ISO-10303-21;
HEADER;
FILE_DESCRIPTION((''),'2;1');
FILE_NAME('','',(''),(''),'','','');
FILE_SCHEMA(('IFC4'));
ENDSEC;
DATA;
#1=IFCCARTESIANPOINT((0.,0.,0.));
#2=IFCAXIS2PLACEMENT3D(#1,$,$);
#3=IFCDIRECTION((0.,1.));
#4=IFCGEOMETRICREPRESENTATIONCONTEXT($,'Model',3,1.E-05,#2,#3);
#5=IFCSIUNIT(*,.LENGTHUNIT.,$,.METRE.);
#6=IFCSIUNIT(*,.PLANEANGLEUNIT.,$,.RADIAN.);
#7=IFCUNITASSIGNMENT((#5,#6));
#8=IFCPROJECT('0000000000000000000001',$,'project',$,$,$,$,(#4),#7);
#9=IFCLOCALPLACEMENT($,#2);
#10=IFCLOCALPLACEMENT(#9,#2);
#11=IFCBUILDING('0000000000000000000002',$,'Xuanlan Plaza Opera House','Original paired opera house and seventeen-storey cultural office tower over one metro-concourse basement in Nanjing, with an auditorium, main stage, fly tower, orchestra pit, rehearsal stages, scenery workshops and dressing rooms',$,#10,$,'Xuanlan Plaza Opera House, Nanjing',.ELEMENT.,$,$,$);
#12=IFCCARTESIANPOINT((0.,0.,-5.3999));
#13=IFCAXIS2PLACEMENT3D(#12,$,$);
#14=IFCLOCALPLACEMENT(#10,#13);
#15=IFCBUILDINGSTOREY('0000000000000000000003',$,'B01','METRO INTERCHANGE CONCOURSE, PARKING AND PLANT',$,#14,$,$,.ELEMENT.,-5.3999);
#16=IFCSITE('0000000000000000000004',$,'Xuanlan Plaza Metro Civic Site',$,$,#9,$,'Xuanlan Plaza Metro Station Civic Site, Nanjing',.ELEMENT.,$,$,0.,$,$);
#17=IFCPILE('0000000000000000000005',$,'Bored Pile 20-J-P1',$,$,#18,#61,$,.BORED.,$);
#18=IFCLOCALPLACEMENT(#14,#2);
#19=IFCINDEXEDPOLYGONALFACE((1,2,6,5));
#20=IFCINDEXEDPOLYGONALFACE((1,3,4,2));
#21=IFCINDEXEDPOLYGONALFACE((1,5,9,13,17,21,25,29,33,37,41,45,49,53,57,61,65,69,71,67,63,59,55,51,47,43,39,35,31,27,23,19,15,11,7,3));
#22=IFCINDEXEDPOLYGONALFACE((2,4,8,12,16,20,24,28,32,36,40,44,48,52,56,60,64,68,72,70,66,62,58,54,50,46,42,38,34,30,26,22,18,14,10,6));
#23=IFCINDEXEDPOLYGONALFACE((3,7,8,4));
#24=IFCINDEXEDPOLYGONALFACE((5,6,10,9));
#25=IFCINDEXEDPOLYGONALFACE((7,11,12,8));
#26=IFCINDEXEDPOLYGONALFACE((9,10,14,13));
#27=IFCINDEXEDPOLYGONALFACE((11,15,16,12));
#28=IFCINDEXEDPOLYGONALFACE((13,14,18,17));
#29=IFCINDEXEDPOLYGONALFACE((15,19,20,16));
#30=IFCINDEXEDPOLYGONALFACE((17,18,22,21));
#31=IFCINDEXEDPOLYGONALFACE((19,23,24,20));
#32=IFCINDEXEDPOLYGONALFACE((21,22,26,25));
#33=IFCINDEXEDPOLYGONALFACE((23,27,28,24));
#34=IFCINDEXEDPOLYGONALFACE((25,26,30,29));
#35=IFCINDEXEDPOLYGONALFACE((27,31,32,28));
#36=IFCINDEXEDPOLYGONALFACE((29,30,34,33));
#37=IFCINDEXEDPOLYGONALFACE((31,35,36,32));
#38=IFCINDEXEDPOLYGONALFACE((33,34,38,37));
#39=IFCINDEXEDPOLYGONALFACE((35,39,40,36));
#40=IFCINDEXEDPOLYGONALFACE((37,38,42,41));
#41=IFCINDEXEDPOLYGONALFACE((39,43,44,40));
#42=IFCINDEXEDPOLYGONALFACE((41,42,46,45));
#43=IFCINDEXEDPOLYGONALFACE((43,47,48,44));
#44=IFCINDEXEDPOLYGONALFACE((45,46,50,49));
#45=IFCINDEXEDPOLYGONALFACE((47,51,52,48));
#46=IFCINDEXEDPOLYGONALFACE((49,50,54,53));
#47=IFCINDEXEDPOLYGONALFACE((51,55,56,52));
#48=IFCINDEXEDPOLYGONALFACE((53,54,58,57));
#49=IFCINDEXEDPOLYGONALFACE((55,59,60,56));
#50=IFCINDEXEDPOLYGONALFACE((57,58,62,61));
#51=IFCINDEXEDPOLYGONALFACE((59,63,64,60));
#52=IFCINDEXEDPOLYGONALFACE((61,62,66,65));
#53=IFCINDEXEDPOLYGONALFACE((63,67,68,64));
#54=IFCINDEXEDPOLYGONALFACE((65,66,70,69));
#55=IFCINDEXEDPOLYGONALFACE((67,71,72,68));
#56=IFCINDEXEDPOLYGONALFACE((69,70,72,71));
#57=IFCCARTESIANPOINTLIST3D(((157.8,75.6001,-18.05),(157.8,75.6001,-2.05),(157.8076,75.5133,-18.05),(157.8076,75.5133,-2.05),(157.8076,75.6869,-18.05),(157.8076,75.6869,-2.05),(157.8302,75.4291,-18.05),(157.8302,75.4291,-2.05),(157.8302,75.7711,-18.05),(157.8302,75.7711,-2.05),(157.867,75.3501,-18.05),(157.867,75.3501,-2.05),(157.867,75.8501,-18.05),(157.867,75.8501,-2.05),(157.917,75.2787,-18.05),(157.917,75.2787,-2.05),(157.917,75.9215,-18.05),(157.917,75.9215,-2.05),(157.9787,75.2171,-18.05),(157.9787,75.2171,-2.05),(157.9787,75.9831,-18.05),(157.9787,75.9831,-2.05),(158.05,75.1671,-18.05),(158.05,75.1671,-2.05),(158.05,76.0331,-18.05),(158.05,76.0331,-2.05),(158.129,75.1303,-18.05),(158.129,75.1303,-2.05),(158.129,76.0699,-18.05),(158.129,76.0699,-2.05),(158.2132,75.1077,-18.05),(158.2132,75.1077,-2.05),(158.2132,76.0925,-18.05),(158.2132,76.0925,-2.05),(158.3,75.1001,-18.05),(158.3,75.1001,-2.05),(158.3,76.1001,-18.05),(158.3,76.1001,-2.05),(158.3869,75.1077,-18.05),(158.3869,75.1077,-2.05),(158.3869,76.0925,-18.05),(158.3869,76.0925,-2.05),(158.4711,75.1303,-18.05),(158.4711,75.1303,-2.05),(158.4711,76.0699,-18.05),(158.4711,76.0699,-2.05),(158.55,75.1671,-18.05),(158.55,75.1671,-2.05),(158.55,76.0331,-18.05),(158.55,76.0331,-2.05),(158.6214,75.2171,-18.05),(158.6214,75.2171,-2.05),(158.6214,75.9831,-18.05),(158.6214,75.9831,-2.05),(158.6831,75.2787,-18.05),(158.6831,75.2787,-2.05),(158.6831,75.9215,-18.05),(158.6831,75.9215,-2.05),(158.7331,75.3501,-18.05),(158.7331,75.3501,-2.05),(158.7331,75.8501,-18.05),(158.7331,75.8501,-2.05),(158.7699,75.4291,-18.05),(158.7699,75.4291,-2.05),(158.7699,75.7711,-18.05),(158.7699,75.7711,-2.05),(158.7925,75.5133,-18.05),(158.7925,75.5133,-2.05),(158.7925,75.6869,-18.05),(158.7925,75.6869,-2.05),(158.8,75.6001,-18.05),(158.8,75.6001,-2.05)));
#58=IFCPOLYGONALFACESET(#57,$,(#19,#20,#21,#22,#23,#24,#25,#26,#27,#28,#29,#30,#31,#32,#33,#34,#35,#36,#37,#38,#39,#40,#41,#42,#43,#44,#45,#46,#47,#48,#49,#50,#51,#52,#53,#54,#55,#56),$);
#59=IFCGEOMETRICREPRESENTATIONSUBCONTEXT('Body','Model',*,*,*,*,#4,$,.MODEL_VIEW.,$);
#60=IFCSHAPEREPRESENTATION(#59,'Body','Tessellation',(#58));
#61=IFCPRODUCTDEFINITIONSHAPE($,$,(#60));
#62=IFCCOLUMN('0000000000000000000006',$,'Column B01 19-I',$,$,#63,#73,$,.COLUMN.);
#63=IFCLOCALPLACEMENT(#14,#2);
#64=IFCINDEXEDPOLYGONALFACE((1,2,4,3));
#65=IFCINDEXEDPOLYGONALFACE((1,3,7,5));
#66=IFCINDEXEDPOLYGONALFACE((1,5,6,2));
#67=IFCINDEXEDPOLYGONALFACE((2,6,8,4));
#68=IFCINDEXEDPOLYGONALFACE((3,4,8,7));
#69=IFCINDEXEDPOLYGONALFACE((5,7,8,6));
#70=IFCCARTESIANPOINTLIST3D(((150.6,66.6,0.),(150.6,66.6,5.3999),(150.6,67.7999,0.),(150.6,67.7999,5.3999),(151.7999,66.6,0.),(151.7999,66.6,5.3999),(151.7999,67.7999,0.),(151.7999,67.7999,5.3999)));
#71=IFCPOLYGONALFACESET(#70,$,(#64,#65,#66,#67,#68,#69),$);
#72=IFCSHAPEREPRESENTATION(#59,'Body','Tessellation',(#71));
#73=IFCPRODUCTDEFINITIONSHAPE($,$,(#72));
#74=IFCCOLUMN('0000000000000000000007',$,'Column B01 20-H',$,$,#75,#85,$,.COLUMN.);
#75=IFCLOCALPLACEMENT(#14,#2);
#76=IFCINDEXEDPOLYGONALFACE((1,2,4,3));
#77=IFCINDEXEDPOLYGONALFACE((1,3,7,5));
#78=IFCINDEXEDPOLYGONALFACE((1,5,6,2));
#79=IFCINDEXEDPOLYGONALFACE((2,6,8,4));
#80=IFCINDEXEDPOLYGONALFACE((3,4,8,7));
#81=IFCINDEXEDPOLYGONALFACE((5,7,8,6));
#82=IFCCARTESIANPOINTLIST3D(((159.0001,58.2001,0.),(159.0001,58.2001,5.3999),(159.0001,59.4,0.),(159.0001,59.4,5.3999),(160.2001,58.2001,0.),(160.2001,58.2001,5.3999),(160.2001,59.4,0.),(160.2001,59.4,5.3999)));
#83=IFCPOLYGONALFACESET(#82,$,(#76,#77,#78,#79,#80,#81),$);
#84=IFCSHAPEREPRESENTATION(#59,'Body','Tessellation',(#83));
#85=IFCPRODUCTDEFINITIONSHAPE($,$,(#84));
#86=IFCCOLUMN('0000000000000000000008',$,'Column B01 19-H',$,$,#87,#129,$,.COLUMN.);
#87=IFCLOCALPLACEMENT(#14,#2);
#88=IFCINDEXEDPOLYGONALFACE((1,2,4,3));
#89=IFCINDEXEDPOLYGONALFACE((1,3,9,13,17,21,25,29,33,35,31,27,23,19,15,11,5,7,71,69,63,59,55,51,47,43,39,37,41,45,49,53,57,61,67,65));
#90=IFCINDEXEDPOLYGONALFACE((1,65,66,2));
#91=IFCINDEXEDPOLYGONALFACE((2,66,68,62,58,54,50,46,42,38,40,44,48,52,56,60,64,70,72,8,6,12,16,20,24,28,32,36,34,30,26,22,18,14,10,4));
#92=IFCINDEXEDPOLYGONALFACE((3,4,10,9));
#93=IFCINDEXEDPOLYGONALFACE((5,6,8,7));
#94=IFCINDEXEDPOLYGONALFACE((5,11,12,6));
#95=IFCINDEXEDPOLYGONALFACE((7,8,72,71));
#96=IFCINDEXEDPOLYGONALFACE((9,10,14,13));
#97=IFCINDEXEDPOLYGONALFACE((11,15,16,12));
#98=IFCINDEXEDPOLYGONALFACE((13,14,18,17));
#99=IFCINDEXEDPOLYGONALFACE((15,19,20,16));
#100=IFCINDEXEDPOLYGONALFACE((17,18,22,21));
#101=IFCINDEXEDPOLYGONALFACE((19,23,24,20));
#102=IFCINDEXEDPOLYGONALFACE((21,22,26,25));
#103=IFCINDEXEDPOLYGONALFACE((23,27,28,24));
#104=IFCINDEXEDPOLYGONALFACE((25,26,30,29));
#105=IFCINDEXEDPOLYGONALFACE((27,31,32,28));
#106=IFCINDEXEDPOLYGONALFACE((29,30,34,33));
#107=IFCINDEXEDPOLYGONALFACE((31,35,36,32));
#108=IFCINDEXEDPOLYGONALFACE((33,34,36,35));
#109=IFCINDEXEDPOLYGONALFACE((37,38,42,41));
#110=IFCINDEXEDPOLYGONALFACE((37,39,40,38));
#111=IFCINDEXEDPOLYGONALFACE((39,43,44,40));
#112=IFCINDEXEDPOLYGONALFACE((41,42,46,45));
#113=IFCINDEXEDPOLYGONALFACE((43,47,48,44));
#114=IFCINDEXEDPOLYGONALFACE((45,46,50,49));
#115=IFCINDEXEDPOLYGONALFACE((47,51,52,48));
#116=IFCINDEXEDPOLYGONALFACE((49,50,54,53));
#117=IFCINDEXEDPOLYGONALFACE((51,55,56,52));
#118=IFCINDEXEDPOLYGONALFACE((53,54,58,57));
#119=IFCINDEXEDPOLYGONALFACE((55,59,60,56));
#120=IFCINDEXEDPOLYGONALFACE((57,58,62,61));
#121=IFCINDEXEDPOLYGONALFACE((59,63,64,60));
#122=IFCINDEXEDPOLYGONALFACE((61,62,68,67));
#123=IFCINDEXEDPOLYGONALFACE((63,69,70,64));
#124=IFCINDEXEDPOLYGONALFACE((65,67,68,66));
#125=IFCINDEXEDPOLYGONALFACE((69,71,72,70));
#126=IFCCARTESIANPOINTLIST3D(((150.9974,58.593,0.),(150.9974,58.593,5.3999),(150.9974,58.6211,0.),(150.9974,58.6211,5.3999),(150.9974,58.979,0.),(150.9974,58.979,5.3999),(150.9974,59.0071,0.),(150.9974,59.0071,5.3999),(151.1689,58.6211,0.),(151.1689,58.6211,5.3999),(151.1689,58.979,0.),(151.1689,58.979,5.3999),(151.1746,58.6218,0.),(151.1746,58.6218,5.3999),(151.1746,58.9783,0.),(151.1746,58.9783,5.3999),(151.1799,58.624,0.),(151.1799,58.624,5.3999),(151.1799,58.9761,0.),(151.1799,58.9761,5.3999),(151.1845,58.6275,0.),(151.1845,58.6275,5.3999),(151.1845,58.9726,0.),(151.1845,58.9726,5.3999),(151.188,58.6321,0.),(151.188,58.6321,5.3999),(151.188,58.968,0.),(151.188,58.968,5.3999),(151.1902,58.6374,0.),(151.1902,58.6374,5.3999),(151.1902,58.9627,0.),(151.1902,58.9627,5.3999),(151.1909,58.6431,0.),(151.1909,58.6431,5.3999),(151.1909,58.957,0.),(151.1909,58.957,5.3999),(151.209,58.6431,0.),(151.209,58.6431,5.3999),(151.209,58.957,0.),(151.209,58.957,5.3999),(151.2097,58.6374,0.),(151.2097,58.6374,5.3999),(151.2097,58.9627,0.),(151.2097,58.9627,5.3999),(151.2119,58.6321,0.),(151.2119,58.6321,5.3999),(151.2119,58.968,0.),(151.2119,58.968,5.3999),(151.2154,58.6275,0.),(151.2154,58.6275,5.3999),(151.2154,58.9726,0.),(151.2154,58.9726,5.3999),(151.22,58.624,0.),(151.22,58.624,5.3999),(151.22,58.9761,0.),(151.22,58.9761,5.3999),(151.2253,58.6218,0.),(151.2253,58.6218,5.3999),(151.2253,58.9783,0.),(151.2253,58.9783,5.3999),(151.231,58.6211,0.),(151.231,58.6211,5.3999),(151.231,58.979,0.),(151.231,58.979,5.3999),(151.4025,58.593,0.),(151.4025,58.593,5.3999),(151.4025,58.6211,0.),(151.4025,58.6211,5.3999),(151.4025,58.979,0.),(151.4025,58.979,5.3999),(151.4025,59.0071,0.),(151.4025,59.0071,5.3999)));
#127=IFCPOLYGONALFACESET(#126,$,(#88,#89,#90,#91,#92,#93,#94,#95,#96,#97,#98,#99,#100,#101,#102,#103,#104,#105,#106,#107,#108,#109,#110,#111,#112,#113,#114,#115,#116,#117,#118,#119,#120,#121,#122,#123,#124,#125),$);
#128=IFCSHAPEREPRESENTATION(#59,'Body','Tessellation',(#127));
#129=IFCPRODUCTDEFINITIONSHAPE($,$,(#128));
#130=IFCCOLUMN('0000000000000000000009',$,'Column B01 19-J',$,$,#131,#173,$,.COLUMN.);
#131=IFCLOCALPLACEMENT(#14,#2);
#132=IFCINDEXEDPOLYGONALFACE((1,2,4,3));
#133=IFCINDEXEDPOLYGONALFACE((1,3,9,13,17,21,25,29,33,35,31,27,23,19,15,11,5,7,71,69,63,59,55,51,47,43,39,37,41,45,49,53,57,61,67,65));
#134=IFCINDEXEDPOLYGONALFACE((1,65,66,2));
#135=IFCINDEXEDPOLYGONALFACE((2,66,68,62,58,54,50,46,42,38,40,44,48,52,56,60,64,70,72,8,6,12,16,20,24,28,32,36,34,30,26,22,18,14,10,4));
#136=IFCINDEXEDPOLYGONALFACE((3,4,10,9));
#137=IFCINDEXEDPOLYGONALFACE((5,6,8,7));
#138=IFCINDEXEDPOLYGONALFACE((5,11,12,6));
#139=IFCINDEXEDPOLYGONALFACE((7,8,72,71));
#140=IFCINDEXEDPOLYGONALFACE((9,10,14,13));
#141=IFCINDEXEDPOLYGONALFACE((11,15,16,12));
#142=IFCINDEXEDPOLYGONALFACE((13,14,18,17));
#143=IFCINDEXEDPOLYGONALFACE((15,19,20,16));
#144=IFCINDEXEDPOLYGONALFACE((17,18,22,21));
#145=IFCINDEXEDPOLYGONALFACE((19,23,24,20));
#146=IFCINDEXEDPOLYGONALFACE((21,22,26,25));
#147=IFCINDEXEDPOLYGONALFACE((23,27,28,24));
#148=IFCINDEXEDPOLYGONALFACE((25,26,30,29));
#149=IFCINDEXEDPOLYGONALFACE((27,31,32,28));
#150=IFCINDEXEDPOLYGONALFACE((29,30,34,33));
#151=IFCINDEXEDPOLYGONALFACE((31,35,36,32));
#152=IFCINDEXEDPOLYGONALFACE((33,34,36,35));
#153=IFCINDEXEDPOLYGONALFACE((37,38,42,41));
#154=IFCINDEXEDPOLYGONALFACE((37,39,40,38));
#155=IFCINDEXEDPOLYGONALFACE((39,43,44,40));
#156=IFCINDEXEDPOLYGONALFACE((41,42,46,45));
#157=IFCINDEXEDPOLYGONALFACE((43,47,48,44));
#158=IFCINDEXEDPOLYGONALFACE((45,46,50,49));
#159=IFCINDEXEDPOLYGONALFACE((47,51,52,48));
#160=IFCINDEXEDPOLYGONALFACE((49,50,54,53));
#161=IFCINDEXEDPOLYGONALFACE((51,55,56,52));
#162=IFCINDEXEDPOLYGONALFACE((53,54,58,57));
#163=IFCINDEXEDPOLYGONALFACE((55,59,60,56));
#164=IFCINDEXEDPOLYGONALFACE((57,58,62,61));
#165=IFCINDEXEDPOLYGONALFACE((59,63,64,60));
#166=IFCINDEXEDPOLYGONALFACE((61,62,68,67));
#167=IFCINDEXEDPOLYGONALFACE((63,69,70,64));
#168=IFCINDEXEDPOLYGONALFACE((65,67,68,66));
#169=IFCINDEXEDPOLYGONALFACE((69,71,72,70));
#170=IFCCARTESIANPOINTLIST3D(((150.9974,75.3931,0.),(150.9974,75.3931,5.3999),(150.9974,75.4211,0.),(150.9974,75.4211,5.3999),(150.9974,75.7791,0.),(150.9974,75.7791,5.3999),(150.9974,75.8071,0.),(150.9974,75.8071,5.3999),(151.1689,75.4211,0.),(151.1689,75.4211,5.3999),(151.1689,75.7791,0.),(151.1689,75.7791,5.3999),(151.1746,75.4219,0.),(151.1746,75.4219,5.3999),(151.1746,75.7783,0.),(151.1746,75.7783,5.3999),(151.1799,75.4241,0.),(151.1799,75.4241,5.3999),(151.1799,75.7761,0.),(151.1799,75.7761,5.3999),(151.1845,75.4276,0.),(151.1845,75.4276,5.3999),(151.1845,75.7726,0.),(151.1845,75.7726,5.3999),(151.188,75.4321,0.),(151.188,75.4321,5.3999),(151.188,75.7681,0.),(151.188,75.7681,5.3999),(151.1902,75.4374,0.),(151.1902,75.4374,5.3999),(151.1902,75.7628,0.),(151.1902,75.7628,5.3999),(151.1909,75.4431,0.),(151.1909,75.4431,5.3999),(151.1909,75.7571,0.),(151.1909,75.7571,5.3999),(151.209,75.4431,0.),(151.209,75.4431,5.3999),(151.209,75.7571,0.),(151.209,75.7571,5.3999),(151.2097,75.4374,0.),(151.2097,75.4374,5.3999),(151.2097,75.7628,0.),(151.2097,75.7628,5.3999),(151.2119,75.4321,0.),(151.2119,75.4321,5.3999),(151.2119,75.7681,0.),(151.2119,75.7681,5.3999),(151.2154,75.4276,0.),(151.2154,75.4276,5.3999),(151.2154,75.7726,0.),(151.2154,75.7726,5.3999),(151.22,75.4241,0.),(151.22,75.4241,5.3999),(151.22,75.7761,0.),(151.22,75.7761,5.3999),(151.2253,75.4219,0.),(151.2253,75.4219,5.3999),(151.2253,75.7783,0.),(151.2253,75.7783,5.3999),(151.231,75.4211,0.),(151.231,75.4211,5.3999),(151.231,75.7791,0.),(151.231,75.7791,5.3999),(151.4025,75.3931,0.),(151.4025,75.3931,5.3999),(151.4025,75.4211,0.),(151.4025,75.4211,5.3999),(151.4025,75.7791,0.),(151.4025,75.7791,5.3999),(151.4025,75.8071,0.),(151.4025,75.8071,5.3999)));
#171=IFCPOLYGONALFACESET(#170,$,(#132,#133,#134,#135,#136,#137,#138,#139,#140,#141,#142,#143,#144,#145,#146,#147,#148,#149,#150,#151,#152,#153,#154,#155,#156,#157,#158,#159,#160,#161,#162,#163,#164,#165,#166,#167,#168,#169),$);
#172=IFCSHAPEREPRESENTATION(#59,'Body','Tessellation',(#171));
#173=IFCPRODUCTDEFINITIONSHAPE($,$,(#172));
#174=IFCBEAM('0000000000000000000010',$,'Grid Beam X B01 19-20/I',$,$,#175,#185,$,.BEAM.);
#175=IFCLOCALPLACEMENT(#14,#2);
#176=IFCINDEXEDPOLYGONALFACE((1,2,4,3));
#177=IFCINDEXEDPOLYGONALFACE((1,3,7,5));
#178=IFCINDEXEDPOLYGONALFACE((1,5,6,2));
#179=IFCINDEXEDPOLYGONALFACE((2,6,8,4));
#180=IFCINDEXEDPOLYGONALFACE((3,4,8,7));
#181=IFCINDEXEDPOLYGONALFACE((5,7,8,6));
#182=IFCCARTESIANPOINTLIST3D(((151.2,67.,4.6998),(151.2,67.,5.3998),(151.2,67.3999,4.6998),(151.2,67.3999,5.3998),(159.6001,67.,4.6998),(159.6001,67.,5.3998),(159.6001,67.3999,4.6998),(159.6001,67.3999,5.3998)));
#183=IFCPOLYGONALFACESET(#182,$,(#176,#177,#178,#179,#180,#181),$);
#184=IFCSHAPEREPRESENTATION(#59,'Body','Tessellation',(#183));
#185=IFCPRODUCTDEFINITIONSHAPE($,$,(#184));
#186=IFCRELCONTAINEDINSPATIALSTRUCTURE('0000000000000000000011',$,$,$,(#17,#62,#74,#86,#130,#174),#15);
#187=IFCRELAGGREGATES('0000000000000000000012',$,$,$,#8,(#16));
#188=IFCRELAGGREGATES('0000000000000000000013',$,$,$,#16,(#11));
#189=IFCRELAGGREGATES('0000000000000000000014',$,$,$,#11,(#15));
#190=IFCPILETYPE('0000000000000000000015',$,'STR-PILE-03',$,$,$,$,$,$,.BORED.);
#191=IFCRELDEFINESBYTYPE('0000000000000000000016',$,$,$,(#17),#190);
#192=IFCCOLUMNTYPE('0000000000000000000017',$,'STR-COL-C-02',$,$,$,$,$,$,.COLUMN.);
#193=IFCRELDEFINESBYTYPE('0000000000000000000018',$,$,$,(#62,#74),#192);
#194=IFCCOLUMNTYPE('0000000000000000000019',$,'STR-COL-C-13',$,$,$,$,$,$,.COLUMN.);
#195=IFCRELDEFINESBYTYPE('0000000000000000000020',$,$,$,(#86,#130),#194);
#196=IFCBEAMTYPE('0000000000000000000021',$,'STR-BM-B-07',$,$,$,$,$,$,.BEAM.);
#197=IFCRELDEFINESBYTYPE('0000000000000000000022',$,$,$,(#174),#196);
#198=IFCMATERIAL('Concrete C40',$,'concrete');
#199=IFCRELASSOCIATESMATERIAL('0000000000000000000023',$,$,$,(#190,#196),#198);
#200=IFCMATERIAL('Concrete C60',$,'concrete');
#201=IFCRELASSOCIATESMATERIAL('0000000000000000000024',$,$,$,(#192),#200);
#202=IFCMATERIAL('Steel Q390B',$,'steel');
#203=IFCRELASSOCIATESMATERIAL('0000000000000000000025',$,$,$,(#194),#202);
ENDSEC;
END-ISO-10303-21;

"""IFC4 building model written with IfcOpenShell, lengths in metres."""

from ifc_helpers import new_model, si_unit, direction, frame, origin, origin_2d, place, context, subcontext, project, spatial, rectangle, circle, i_section, extrude, material, material_profile, profile_set, type_object, element, save


model = new_model("IFC4")

# Units and contexts
model_context = context("Model", 3, precision=1e-05, world=origin(), true_north=direction((0.0, 1.0)))
body_context = subcontext(model_context, "Body", "Model", "MODEL_VIEW")
ifc_project = project(units=[si_unit("LENGTHUNIT", "METRE"), si_unit("PLANEANGLEUNIT", "RADIAN")], contexts=[model_context])

# Site, building, storey
site_placement = place(None, origin())
site = spatial("IfcSite", under=ifc_project, at=site_placement, Name="Xuanlan Plaza Metro Civic Site", LongName="Xuanlan Plaza Metro Station Civic Site, Nanjing", CompositionType="ELEMENT", RefElevation=0.0)
building_placement = place(site_placement, origin())
building = spatial("IfcBuilding", under=site, at=building_placement, Name="Xuanlan Plaza Opera House", Description="Original paired opera house and seventeen-storey cultural office tower over one metro-concourse basement in Nanjing, with an auditorium, main stage, fly tower, orchestra pit, rehearsal stages, scenery workshops and dressing rooms", LongName="Xuanlan Plaza Opera House, Nanjing", CompositionType="ELEMENT")
storey_placement = place(building_placement, frame((0.0, 0.0, -5.3999)))
storey = spatial("IfcBuildingStorey", under=building, at=storey_placement, Name="B01", Description="METRO INTERCHANGE CONCOURSE, PARKING AND PLANT", CompositionType="ELEMENT", Elevation=-5.3999)

# Pile
ifc_material_1 = material(Name="Concrete C40", Category="concrete")
ifc_material_profile_1 = material_profile(ifc_material_1, circle(Radius=0.5, at=origin_2d()), Name="PILE D1000")
ifc_profile_set_1 = profile_set([ifc_material_profile_1], Name="Concrete C40")
pile_type = type_object("IfcPileType", Name="STR-PILE-03", PredefinedType="BORED", material=ifc_profile_set_1)
for number, where, z_axis, x_axis, name in (
    (1, (158.3, 75.6001, -2.05), (0.0, 0.0, -1.0), (1.0, 0.0, 0.0), "Bored Pile 20-J-P1"),
):
    element("IfcPile", number, at=place(storey_placement, frame(where, z_axis=z_axis, x_axis=x_axis)), inside=storey, type_object=pile_type, Name=name, PredefinedType="BORED", context=body_context, shape_type="SweptSolid", body=[
        extrude(circle(Radius=0.5, at=origin_2d()), origin(), (0.0, 0.0, 1.0), 16.0),
    ])

# Columns
ifc_material_2 = material(Name="Concrete C60", Category="concrete")
ifc_material_profile_2 = material_profile(ifc_material_2, rectangle(XDim=1.2, YDim=1.2, at=origin_2d()), Name="RC-COL 1200x1200")
ifc_profile_set_2 = profile_set([ifc_material_profile_2], Name="Concrete C60")
column_type_1 = type_object("IfcColumnType", Name="STR-COL-C-02", PredefinedType="COLUMN", material=ifc_profile_set_2)
for number, where, z_axis, x_axis, name in (
    (2, (151.2, 67.2, 0.0), (0.0, 0.0, 1.0), (1.0, 0.0, 0.0), "Column B01 19-I"),
    (3, (159.6001, 58.8, 0.0), (0.0, 0.0, 1.0), (1.0, 0.0, 0.0), "Column B01 20-H"),
):
    element("IfcColumn", number, at=place(storey_placement, frame(where, z_axis=z_axis, x_axis=x_axis)), inside=storey, type_object=column_type_1, Name=name, PredefinedType="COLUMN", context=body_context, shape_type="SweptSolid", body=[
        extrude(rectangle(XDim=1.2, YDim=1.2, at=origin_2d()), origin(), (0.0, 0.0, 1.0), 5.3999),
    ])
ifc_material_3 = material(Name="Steel Q390B", Category="steel")
ifc_material_profile_3 = material_profile(ifc_material_3, i_section(OverallWidth=0.405, OverallDepth=0.4141, WebThickness=0.0181, FlangeThickness=0.0281, FilletRadius=0.022, at=origin_2d()), Name="HW 414x405x18x28")
ifc_profile_set_3 = profile_set([ifc_material_profile_3], Name="Steel Q390B")
column_type_2 = type_object("IfcColumnType", Name="STR-COL-C-13", PredefinedType="COLUMN", material=ifc_profile_set_3)
for number, where, z_axis, x_axis, name in (
    (4, (151.2, 58.8, 0.0), (0.0, 0.0, 1.0), (1.0, 0.0, 0.0), "Column B01 19-H"),
    (5, (151.2, 75.6001, 0.0), (0.0, 0.0, 1.0), (1.0, 0.0, 0.0), "Column B01 19-J"),
):
    element("IfcColumn", number, at=place(storey_placement, frame(where, z_axis=z_axis, x_axis=x_axis)), inside=storey, type_object=column_type_2, Name=name, PredefinedType="COLUMN", context=body_context, shape_type="SweptSolid", body=[
        extrude(i_section(OverallWidth=0.405, OverallDepth=0.4141, WebThickness=0.0181, FlangeThickness=0.0281, FilletRadius=0.022, at=origin_2d()), origin(), (0.0, 0.0, 1.0), 5.3999),
    ])

# Beam
ifc_material_profile_4 = material_profile(ifc_material_1, rectangle(XDim=0.3999, YDim=0.7, at=origin_2d()), Name="RC-BM 400x700")
ifc_profile_set_4 = profile_set([ifc_material_profile_4], Name="Concrete C40")
beam_type_1 = type_object("IfcBeamType", Name="STR-BM-B-07", PredefinedType="BEAM", material=ifc_profile_set_4)
beam_1_placement = place(storey_placement, frame((151.2, 67.2, 5.0498), z_axis=(1.0, 0.0, 0.0), x_axis=(0.0, 1.0, 0.0)))
element("IfcBeam", 6, at=beam_1_placement, inside=storey, type_object=beam_type_1, Name="Grid Beam X B01 19-20/I", PredefinedType="BEAM", context=body_context, shape_type="SweptSolid", body=[
    extrude(rectangle(XDim=0.3999, YDim=0.7, at=origin_2d()), origin(), (0.0, 0.0, 1.0), 8.4001),
])

save(model, "model.ifc")
